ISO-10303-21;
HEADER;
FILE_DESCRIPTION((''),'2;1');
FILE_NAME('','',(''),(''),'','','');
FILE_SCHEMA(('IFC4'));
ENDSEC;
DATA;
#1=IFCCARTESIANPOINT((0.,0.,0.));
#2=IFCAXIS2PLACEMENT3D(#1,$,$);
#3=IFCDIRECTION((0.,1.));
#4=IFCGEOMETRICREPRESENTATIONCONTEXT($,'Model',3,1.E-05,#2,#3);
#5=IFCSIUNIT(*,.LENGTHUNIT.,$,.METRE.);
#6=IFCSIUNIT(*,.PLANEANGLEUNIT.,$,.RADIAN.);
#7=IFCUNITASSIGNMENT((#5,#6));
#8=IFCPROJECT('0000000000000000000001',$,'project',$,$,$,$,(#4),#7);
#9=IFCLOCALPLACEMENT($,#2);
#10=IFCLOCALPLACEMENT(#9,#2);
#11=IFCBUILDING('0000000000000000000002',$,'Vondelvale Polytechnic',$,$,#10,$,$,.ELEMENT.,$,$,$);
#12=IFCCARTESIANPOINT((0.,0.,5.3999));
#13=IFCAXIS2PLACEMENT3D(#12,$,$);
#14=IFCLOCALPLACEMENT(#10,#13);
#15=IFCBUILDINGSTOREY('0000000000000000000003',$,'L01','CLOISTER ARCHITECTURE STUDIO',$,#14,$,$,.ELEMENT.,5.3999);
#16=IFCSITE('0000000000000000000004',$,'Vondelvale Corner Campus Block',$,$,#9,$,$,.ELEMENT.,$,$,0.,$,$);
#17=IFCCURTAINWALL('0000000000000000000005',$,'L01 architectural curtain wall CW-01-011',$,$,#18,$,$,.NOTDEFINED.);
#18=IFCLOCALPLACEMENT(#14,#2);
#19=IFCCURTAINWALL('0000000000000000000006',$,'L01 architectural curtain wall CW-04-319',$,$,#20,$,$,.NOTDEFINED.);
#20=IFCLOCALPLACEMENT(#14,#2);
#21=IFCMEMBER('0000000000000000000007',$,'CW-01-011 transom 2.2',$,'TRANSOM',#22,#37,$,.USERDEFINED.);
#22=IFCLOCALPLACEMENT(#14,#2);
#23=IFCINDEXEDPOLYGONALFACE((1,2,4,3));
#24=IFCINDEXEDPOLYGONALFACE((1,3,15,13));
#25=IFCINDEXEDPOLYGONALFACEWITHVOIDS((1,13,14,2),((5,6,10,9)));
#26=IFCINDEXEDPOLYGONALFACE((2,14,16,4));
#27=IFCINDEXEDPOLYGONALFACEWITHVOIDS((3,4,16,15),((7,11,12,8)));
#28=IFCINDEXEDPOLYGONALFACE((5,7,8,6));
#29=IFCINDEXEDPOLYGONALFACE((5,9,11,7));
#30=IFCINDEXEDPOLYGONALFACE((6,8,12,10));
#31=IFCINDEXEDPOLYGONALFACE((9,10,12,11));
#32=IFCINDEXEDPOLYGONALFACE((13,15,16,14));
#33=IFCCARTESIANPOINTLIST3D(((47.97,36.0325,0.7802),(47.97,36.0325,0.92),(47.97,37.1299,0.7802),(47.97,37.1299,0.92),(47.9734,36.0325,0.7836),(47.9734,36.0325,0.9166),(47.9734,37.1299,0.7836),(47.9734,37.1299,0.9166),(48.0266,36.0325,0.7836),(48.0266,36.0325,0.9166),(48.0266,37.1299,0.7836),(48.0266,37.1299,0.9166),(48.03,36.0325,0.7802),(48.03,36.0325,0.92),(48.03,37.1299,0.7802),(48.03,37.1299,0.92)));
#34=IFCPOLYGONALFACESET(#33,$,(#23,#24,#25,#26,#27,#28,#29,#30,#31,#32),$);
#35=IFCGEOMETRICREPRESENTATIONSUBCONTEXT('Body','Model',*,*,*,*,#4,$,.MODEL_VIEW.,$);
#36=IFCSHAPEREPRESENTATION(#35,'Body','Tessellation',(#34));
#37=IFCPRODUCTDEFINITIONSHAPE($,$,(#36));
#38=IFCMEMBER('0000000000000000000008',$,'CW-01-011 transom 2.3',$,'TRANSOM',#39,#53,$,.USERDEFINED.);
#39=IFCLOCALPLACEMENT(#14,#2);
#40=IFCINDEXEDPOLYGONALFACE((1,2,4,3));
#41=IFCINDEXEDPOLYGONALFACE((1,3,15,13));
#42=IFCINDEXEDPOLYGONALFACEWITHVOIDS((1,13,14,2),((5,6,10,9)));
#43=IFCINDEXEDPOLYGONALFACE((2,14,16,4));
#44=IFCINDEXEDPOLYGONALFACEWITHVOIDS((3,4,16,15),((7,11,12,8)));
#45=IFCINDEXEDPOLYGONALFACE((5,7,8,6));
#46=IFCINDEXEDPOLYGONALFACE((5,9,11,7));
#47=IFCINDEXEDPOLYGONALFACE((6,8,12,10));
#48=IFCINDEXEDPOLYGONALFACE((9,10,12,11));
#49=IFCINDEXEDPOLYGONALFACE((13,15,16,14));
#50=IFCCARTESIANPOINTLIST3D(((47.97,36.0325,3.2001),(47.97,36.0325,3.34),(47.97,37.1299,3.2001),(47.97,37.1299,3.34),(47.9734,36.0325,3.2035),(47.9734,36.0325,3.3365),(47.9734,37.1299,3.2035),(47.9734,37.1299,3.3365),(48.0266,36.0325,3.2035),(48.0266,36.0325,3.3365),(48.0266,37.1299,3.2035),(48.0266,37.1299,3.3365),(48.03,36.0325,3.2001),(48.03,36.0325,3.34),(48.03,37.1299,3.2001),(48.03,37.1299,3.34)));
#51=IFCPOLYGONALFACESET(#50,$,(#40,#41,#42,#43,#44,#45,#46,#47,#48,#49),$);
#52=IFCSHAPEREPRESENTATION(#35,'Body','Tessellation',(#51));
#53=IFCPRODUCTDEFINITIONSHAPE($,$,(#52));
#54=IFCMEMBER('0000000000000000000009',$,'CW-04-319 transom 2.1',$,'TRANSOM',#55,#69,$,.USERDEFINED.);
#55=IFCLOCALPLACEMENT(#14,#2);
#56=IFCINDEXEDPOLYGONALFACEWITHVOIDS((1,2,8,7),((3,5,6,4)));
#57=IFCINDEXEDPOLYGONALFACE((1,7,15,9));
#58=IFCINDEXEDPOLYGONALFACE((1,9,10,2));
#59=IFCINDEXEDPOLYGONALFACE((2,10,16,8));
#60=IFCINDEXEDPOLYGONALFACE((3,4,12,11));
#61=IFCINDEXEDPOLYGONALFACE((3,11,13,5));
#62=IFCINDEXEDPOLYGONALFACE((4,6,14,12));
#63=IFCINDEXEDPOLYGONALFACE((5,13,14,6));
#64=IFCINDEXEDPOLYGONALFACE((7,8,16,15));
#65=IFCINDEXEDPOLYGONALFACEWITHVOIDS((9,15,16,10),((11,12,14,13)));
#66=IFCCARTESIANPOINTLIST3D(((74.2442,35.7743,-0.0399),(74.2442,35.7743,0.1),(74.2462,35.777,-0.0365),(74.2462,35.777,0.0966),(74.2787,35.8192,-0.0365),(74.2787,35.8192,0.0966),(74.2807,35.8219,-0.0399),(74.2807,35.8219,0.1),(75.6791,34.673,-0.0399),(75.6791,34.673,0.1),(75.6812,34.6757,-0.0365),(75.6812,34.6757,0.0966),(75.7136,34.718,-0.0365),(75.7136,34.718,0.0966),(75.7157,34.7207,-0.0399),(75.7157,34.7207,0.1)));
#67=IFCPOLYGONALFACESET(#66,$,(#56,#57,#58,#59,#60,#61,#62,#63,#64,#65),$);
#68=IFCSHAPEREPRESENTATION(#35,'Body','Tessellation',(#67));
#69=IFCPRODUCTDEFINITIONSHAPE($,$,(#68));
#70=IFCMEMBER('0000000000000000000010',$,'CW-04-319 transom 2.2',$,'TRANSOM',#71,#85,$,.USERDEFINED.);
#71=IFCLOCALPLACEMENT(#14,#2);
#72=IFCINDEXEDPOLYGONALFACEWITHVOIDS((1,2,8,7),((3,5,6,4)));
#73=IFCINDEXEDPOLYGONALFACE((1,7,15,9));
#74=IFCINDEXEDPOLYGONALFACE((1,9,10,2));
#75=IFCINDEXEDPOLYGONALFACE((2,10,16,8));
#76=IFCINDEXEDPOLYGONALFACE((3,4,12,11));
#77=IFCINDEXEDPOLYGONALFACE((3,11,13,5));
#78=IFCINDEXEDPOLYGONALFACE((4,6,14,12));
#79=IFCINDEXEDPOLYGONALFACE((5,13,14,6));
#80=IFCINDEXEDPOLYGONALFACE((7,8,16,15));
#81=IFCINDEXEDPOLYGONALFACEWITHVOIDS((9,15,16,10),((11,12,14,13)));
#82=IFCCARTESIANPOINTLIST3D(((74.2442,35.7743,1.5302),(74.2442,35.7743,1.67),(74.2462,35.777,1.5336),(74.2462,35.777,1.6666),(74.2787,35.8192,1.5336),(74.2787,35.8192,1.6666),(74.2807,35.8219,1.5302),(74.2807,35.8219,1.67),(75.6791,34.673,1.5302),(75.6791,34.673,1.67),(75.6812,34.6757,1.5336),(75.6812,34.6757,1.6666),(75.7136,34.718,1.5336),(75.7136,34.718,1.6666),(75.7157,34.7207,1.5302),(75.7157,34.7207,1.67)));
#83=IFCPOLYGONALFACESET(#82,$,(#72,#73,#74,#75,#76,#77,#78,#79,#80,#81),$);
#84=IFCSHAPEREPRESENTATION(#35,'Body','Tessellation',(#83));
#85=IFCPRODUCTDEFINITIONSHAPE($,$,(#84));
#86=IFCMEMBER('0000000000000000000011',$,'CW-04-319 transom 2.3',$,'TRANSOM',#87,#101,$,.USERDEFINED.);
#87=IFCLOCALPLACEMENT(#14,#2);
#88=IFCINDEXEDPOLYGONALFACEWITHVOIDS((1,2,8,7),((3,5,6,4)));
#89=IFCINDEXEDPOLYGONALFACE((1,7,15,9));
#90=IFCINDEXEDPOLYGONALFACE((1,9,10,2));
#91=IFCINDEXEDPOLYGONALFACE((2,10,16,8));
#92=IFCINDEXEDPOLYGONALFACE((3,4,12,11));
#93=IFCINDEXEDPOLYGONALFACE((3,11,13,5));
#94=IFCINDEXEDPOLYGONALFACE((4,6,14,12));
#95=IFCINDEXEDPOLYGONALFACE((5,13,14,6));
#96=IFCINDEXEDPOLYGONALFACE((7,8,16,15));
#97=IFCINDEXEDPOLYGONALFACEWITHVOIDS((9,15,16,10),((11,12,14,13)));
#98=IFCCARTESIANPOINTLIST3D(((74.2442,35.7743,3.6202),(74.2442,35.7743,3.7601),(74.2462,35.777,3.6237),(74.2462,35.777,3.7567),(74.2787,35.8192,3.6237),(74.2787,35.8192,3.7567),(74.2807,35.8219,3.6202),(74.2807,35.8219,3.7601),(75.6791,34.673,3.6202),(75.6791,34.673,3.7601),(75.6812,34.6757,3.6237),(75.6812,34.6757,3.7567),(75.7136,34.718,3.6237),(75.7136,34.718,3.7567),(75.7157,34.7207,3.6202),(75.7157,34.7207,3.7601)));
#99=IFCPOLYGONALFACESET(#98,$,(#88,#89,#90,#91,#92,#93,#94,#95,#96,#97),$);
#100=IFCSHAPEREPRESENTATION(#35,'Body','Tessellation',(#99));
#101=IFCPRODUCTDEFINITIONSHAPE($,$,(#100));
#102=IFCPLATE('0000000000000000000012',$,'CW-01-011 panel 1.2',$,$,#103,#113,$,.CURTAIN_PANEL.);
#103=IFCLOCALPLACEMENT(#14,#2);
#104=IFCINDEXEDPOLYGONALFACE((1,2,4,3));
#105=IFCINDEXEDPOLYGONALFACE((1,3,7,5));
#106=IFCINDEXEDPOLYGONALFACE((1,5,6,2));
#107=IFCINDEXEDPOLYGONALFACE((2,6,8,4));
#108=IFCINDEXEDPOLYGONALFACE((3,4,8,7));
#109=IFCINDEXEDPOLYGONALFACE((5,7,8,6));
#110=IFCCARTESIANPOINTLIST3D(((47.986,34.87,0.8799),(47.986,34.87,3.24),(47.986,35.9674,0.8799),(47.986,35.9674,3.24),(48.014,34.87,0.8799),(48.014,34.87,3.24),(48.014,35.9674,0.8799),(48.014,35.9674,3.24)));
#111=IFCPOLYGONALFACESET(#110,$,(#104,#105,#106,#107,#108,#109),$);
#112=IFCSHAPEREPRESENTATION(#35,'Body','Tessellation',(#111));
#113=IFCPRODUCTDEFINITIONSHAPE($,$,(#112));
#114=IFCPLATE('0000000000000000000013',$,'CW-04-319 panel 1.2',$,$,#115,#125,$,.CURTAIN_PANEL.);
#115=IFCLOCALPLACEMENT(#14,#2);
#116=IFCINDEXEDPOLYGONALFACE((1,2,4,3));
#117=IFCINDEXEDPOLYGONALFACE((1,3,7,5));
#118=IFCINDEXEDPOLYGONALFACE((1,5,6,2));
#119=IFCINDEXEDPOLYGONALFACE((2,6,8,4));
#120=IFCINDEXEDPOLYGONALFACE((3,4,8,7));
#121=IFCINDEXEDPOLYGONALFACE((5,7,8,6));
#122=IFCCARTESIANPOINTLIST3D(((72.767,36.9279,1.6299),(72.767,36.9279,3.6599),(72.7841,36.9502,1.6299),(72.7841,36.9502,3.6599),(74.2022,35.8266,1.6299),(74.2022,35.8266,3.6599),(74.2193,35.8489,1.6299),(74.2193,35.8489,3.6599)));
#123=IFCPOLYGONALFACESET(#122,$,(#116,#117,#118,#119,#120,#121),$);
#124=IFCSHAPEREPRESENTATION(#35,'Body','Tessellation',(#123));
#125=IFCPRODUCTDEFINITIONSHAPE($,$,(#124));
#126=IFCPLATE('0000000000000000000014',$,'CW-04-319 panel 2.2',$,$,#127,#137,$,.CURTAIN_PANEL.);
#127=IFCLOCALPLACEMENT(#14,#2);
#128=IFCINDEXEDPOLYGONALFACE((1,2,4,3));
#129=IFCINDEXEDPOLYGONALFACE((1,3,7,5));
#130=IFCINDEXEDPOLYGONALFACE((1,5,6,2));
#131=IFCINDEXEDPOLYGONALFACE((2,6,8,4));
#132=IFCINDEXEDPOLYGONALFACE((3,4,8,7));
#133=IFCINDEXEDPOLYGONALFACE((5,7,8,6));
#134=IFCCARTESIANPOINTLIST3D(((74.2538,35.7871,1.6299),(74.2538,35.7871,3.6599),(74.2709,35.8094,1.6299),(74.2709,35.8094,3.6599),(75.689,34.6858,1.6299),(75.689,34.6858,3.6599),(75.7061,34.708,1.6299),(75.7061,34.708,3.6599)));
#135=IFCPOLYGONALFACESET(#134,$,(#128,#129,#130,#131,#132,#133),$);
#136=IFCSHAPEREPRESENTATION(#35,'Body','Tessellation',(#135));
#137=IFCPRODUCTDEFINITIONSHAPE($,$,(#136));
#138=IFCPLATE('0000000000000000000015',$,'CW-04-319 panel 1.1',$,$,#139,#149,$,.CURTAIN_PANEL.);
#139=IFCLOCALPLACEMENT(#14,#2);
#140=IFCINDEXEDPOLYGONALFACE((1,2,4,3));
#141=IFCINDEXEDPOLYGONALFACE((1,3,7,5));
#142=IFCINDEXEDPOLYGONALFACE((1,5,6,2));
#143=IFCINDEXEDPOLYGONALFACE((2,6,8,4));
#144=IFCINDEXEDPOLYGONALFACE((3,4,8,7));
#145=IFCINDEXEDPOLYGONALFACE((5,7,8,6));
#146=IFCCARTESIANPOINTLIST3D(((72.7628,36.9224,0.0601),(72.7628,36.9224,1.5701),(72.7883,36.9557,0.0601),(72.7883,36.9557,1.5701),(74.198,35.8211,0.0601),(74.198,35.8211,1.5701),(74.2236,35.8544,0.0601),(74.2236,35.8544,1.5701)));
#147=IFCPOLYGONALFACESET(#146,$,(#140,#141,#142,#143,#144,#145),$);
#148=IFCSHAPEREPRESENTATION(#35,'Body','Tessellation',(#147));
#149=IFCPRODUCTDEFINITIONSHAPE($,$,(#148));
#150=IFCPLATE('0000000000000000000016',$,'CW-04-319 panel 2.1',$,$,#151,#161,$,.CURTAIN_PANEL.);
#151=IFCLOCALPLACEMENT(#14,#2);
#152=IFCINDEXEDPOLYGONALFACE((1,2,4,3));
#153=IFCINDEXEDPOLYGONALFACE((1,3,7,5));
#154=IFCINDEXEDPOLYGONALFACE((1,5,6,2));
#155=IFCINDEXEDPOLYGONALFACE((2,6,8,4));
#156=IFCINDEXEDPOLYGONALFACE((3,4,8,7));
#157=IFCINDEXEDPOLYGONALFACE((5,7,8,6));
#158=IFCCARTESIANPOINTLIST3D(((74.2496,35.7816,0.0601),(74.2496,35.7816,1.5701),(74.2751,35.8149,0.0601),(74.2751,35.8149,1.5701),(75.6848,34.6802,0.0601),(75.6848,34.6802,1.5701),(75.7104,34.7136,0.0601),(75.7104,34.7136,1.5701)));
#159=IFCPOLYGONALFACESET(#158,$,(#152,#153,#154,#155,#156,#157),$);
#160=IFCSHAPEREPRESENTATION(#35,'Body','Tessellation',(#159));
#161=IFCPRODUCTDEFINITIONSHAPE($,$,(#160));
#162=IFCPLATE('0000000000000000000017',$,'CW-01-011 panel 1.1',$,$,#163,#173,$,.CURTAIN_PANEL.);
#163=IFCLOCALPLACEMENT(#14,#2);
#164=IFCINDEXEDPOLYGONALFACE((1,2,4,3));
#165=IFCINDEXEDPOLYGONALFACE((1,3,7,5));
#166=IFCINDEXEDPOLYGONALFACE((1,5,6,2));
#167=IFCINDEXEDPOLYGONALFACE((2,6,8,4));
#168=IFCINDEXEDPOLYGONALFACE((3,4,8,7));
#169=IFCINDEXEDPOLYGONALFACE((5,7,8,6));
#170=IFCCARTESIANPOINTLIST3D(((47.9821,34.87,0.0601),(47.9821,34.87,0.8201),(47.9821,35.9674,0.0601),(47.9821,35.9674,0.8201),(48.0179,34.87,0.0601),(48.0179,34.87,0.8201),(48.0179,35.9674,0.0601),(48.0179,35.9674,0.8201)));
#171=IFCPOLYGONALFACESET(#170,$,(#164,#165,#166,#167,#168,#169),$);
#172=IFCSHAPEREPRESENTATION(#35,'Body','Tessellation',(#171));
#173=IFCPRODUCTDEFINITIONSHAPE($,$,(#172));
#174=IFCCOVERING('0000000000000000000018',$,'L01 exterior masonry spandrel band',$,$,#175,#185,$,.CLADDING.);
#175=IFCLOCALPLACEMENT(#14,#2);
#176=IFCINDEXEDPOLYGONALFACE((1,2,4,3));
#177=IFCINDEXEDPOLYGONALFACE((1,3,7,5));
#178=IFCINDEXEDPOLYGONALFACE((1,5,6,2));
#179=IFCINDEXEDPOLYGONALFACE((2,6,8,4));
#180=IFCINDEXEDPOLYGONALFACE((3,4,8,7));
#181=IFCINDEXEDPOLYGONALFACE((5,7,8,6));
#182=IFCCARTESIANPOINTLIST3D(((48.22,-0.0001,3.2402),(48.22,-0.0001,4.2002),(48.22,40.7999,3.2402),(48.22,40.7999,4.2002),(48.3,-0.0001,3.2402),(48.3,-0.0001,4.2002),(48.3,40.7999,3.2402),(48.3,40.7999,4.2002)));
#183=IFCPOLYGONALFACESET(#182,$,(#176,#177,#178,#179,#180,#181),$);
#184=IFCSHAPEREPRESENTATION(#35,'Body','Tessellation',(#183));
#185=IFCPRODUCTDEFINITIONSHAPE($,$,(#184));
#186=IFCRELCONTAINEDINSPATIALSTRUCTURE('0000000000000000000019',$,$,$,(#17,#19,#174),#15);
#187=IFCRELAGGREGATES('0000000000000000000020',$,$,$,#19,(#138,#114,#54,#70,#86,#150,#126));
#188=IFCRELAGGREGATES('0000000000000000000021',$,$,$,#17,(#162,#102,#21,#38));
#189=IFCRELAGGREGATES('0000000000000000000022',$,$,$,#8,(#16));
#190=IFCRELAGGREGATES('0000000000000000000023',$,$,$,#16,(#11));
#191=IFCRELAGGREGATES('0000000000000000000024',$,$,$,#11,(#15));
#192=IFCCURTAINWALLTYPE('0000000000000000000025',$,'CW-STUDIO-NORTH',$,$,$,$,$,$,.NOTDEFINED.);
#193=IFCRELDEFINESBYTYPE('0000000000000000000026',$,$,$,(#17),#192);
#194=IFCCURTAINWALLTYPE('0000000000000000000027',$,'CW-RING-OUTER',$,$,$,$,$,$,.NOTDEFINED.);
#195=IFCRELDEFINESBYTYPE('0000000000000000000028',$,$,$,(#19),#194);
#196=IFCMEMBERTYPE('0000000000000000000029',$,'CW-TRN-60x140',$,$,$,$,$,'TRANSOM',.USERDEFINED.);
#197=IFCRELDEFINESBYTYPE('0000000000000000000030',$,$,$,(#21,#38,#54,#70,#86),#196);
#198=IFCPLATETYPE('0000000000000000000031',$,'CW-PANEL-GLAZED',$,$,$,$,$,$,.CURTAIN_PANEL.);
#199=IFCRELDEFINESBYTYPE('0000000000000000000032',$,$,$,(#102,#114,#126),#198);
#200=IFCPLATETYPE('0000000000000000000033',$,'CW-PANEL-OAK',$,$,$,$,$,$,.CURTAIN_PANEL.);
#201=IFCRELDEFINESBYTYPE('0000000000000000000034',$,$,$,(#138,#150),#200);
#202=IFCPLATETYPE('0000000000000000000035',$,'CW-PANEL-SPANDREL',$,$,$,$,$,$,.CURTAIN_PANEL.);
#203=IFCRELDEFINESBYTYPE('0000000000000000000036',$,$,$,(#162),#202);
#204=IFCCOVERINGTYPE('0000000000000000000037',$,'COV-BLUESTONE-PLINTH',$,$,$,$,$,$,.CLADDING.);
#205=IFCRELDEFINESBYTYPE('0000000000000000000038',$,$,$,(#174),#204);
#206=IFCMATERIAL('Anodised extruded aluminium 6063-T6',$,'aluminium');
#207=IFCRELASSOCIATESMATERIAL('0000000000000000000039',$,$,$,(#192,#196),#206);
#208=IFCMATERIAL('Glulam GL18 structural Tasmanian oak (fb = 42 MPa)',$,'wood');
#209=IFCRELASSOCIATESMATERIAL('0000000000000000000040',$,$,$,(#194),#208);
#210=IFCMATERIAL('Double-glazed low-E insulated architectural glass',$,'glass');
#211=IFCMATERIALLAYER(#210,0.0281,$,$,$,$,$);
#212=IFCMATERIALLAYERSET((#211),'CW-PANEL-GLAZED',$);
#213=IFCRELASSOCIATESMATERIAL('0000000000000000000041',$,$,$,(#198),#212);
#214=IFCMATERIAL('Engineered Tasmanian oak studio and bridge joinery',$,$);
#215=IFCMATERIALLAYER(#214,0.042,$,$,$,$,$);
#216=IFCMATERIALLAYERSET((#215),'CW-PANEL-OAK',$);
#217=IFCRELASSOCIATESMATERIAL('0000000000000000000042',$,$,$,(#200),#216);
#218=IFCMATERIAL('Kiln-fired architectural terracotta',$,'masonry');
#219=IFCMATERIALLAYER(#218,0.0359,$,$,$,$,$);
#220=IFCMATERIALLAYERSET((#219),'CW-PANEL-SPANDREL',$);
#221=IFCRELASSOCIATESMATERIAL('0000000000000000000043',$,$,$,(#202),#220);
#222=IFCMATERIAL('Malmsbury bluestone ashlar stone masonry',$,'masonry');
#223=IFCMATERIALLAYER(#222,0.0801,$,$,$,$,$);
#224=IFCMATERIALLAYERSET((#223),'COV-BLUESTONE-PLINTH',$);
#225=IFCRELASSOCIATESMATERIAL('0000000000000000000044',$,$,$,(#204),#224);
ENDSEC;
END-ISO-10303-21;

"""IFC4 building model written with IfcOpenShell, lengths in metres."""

from ifc_helpers import new_model, si_unit, direction, frame, origin, origin_2d, place, context, subcontext, project, spatial, rectangle, hollow_rectangle, extrude, material, layer, layer_set, material_profile, profile_set, type_object, element, aggregate, save


model = new_model("IFC4")

# Units and contexts
model_context = context("Model", 3, precision=1e-05, world=origin(), true_north=direction((0.0, 1.0)))
body_context = subcontext(model_context, "Body", "Model", "MODEL_VIEW")
ifc_project = project(units=[si_unit("LENGTHUNIT", "METRE"), si_unit("PLANEANGLEUNIT", "RADIAN")], contexts=[model_context])

# Site, building, storey
site_placement = place(None, origin())
site = spatial("IfcSite", under=ifc_project, at=site_placement, Name="Vondelvale Corner Campus Block", CompositionType="ELEMENT", RefElevation=0.0)
building_placement = place(site_placement, origin())
building = spatial("IfcBuilding", under=site, at=building_placement, Name="Vondelvale Polytechnic", CompositionType="ELEMENT")
storey_placement = place(building_placement, frame((0.0, 0.0, 5.3999)))
storey = spatial("IfcBuildingStorey", under=building, at=storey_placement, Name="L01", Description="CLOISTER ARCHITECTURE STUDIO", CompositionType="ELEMENT", Elevation=5.3999)

# Shared definitions
ifc_material_1 = material(Name="Glulam GL18 structural Tasmanian oak (fb = 42 MPa)", Category="wood")

# Shared definitions
ifc_material_2 = material(Name="Anodised extruded aluminium 6063-T6", Category="aluminium")
curtain_wall_type_1 = type_object("IfcCurtainWallType", Name="CW-STUDIO-NORTH", PredefinedType="NOTDEFINED", material=ifc_material_2)

# Curtain walls
curtain_wall_1_placement = place(storey_placement, origin())
curtain_wall_1 = element("IfcCurtainWall", 1, at=curtain_wall_1_placement, inside=storey, type_object=curtain_wall_type_1, Name="L01 architectural curtain wall CW-01-011", PredefinedType="NOTDEFINED")
curtain_wall_type_2 = type_object("IfcCurtainWallType", Name="CW-RING-OUTER", PredefinedType="NOTDEFINED", material=ifc_material_1)
curtain_wall_2_placement = place(storey_placement, origin())
curtain_wall_2 = element("IfcCurtainWall", 2, at=curtain_wall_2_placement, inside=storey, type_object=curtain_wall_type_2, Name="L01 architectural curtain wall CW-04-319", PredefinedType="NOTDEFINED")

# Members
ifc_material_profile_1 = material_profile(ifc_material_2, hollow_rectangle(XDim=0.0601, YDim=0.1399, WallThickness=0.0034, at=origin_2d()), Name="CW-TRN-140x60")
ifc_profile_set_1 = profile_set([ifc_material_profile_1], Name="Anodised extruded aluminium 6063-T6")
member_type_1 = type_object("IfcMemberType", Name="CW-TRN-60x140", ElementType="TRANSOM", PredefinedType="USERDEFINED", material=ifc_profile_set_1)
member_1_placement = place(storey_placement, frame((48.0, 36.0325, 0.8501), z_axis=(0.0, 1.0, 0.0), x_axis=(-1.0, 0.0, 0.0)))
member_1 = element("IfcMember", 3, at=member_1_placement, type_object=member_type_1, Name="CW-01-011 transom 2.2", ObjectType="TRANSOM", PredefinedType="USERDEFINED", context=body_context, shape_type="SweptSolid", body=[
    extrude(hollow_rectangle(XDim=0.0601, YDim=0.1399, WallThickness=0.0034, at=origin_2d()), origin(), (0.0, 0.0, 1.0), 1.0974),
])
member_2_placement = place(storey_placement, frame((48.0, 36.0325, 3.27), z_axis=(0.0, 1.0, 0.0), x_axis=(-1.0, 0.0, 0.0)))
member_2 = element("IfcMember", 4, at=member_2_placement, type_object=member_type_1, Name="CW-01-011 transom 2.3", ObjectType="TRANSOM", PredefinedType="USERDEFINED", context=body_context, shape_type="SweptSolid", body=[
    extrude(hollow_rectangle(XDim=0.0601, YDim=0.1399, WallThickness=0.0034, at=origin_2d()), origin(), (0.0, 0.0, 1.0), 1.0974),
])
member_3_placement = place(storey_placement, frame((74.2625, 35.7981, 0.03), z_axis=(0.793311, -0.608817, 0.0), x_axis=(0.608817, 0.793311, 0.0)))
member_3 = element("IfcMember", 5, at=member_3_placement, type_object=member_type_1, Name="CW-04-319 transom 2.1", ObjectType="TRANSOM", PredefinedType="USERDEFINED", context=body_context, shape_type="SweptSolid", body=[
    extrude(hollow_rectangle(XDim=0.0601, YDim=0.1399, WallThickness=0.0034, at=origin_2d()), origin(), (0.0, 0.0, 1.0), 1.8088),
])
member_4_placement = place(storey_placement, frame((74.2625, 35.7981, 1.6001), z_axis=(0.793311, -0.608817, 0.0), x_axis=(0.608817, 0.793311, 0.0)))
member_4 = element("IfcMember", 6, at=member_4_placement, type_object=member_type_1, Name="CW-04-319 transom 2.2", ObjectType="TRANSOM", PredefinedType="USERDEFINED", context=body_context, shape_type="SweptSolid", body=[
    extrude(hollow_rectangle(XDim=0.0601, YDim=0.1399, WallThickness=0.0034, at=origin_2d()), origin(), (0.0, 0.0, 1.0), 1.8088),
])
member_5_placement = place(storey_placement, frame((74.2625, 35.7981, 3.6902), z_axis=(0.793311, -0.608817, 0.0), x_axis=(0.608817, 0.793311, 0.0)))
member_5 = element("IfcMember", 7, at=member_5_placement, type_object=member_type_1, Name="CW-04-319 transom 2.3", ObjectType="TRANSOM", PredefinedType="USERDEFINED", context=body_context, shape_type="SweptSolid", body=[
    extrude(hollow_rectangle(XDim=0.0601, YDim=0.1399, WallThickness=0.0034, at=origin_2d()), origin(), (0.0, 0.0, 1.0), 1.8088),
])

# Plates
ifc_material_3 = material(Name="Double-glazed low-E insulated architectural glass", Category="glass")
ifc_layer_1 = layer(ifc_material_3, 0.0281)
ifc_layer_set_1 = layer_set([ifc_layer_1], Name="CW-PANEL-GLAZED")
plate_type_1 = type_object("IfcPlateType", Name="CW-PANEL-GLAZED", PredefinedType="CURTAIN_PANEL", material=ifc_layer_set_1)
plate_1_placement = place(storey_placement, frame((48.0, 35.4187, 0.8799), z_axis=(0.0, 0.0, 1.0), x_axis=(0.0, 1.0, 0.0)))
plate_1 = element("IfcPlate", 8, at=plate_1_placement, type_object=plate_type_1, Name="CW-01-011 panel 1.2", PredefinedType="CURTAIN_PANEL", context=body_context, shape_type="SweptSolid", body=[
    extrude(rectangle(XDim=1.0974, YDim=0.0281, at=origin_2d()), origin(), (0.0, 0.0, 1.0), 2.3601),
])
plate_2_placement = place(storey_placement, frame((73.4932, 36.3884, 1.6299), z_axis=(0.0, 0.0, 1.0), x_axis=(0.793346, -0.608771, 0.0)))
plate_2 = element("IfcPlate", 9, at=plate_2_placement, type_object=plate_type_1, Name="CW-04-319 panel 1.2", PredefinedType="CURTAIN_PANEL", context=body_context, shape_type="SweptSolid", body=[
    extrude(rectangle(XDim=1.8091, YDim=0.0281, at=origin_2d()), origin(), (0.0, 0.0, 1.0), 2.03),
])
plate_3_placement = place(storey_placement, frame((74.98, 35.2476, 1.6299), z_axis=(0.0, 0.0, 1.0), x_axis=(0.793346, -0.608771, 0.0)))
plate_3 = element("IfcPlate", 10, at=plate_3_placement, type_object=plate_type_1, Name="CW-04-319 panel 2.2", PredefinedType="CURTAIN_PANEL", context=body_context, shape_type="SweptSolid", body=[
    extrude(rectangle(XDim=1.8091, YDim=0.0281, at=origin_2d()), origin(), (0.0, 0.0, 1.0), 2.03),
])
ifc_material_4 = material(Name="Engineered Tasmanian oak studio and bridge joinery")
ifc_layer_2 = layer(ifc_material_4, 0.042)
ifc_layer_set_2 = layer_set([ifc_layer_2], Name="CW-PANEL-OAK")
plate_type_2 = type_object("IfcPlateType", Name="CW-PANEL-OAK", PredefinedType="CURTAIN_PANEL", material=ifc_layer_set_2)
plate_4_placement = place(storey_placement, frame((73.4932, 36.3884, 0.0601), z_axis=(0.0, 0.0, 1.0), x_axis=(0.793346, -0.608771, 0.0)))
plate_4 = element("IfcPlate", 11, at=plate_4_placement, type_object=plate_type_2, Name="CW-04-319 panel 1.1", PredefinedType="CURTAIN_PANEL", context=body_context, shape_type="SweptSolid", body=[
    extrude(rectangle(XDim=1.8091, YDim=0.042, at=origin_2d()), origin(), (0.0, 0.0, 1.0), 1.51),
])
plate_5_placement = place(storey_placement, frame((74.98, 35.2476, 0.0601), z_axis=(0.0, 0.0, 1.0), x_axis=(0.793346, -0.608771, 0.0)))
plate_5 = element("IfcPlate", 12, at=plate_5_placement, type_object=plate_type_2, Name="CW-04-319 panel 2.1", PredefinedType="CURTAIN_PANEL", context=body_context, shape_type="SweptSolid", body=[
    extrude(rectangle(XDim=1.8091, YDim=0.042, at=origin_2d()), origin(), (0.0, 0.0, 1.0), 1.51),
])
aggregate(curtain_wall_2, [plate_4, plate_2, member_3, member_4, member_5, plate_5, plate_3])
ifc_material_5 = material(Name="Kiln-fired architectural terracotta", Category="masonry")
ifc_layer_3 = layer(ifc_material_5, 0.0359)
ifc_layer_set_3 = layer_set([ifc_layer_3], Name="CW-PANEL-SPANDREL")
plate_type_3 = type_object("IfcPlateType", Name="CW-PANEL-SPANDREL", PredefinedType="CURTAIN_PANEL", material=ifc_layer_set_3)
plate_6_placement = place(storey_placement, frame((48.0, 35.4187, 0.0601), z_axis=(0.0, 0.0, 1.0), x_axis=(0.0, 1.0, 0.0)))
plate_6 = element("IfcPlate", 13, at=plate_6_placement, type_object=plate_type_3, Name="CW-01-011 panel 1.1", PredefinedType="CURTAIN_PANEL", context=body_context, shape_type="SweptSolid", body=[
    extrude(rectangle(XDim=1.0974, YDim=0.0359, at=origin_2d()), origin(), (0.0, 0.0, 1.0), 0.76),
])
aggregate(curtain_wall_1, [plate_6, plate_1, member_1, member_2])

# Covering
ifc_material_6 = material(Name="Malmsbury bluestone ashlar stone masonry", Category="masonry")
ifc_layer_4 = layer(ifc_material_6, 0.0801)
ifc_layer_set_4 = layer_set([ifc_layer_4], Name="COV-BLUESTONE-PLINTH")
covering_type_1 = type_object("IfcCoveringType", Name="COV-BLUESTONE-PLINTH", PredefinedType="CLADDING", material=ifc_layer_set_4)
covering_1_placement = place(storey_placement, frame((48.26, 20.3999, 3.2402), z_axis=(0.0, 0.0, 1.0), x_axis=(0.0, 1.0, 0.0)))
element("IfcCovering", 14, at=covering_1_placement, inside=storey, type_object=covering_type_1, Name="L01 exterior masonry spandrel band", PredefinedType="CLADDING", context=body_context, shape_type="SweptSolid", body=[
    extrude(rectangle(XDim=40.8, YDim=0.0801, at=origin_2d()), origin(), (0.0, 0.0, 1.0), 0.96),
])

save(model, "model.ifc")
